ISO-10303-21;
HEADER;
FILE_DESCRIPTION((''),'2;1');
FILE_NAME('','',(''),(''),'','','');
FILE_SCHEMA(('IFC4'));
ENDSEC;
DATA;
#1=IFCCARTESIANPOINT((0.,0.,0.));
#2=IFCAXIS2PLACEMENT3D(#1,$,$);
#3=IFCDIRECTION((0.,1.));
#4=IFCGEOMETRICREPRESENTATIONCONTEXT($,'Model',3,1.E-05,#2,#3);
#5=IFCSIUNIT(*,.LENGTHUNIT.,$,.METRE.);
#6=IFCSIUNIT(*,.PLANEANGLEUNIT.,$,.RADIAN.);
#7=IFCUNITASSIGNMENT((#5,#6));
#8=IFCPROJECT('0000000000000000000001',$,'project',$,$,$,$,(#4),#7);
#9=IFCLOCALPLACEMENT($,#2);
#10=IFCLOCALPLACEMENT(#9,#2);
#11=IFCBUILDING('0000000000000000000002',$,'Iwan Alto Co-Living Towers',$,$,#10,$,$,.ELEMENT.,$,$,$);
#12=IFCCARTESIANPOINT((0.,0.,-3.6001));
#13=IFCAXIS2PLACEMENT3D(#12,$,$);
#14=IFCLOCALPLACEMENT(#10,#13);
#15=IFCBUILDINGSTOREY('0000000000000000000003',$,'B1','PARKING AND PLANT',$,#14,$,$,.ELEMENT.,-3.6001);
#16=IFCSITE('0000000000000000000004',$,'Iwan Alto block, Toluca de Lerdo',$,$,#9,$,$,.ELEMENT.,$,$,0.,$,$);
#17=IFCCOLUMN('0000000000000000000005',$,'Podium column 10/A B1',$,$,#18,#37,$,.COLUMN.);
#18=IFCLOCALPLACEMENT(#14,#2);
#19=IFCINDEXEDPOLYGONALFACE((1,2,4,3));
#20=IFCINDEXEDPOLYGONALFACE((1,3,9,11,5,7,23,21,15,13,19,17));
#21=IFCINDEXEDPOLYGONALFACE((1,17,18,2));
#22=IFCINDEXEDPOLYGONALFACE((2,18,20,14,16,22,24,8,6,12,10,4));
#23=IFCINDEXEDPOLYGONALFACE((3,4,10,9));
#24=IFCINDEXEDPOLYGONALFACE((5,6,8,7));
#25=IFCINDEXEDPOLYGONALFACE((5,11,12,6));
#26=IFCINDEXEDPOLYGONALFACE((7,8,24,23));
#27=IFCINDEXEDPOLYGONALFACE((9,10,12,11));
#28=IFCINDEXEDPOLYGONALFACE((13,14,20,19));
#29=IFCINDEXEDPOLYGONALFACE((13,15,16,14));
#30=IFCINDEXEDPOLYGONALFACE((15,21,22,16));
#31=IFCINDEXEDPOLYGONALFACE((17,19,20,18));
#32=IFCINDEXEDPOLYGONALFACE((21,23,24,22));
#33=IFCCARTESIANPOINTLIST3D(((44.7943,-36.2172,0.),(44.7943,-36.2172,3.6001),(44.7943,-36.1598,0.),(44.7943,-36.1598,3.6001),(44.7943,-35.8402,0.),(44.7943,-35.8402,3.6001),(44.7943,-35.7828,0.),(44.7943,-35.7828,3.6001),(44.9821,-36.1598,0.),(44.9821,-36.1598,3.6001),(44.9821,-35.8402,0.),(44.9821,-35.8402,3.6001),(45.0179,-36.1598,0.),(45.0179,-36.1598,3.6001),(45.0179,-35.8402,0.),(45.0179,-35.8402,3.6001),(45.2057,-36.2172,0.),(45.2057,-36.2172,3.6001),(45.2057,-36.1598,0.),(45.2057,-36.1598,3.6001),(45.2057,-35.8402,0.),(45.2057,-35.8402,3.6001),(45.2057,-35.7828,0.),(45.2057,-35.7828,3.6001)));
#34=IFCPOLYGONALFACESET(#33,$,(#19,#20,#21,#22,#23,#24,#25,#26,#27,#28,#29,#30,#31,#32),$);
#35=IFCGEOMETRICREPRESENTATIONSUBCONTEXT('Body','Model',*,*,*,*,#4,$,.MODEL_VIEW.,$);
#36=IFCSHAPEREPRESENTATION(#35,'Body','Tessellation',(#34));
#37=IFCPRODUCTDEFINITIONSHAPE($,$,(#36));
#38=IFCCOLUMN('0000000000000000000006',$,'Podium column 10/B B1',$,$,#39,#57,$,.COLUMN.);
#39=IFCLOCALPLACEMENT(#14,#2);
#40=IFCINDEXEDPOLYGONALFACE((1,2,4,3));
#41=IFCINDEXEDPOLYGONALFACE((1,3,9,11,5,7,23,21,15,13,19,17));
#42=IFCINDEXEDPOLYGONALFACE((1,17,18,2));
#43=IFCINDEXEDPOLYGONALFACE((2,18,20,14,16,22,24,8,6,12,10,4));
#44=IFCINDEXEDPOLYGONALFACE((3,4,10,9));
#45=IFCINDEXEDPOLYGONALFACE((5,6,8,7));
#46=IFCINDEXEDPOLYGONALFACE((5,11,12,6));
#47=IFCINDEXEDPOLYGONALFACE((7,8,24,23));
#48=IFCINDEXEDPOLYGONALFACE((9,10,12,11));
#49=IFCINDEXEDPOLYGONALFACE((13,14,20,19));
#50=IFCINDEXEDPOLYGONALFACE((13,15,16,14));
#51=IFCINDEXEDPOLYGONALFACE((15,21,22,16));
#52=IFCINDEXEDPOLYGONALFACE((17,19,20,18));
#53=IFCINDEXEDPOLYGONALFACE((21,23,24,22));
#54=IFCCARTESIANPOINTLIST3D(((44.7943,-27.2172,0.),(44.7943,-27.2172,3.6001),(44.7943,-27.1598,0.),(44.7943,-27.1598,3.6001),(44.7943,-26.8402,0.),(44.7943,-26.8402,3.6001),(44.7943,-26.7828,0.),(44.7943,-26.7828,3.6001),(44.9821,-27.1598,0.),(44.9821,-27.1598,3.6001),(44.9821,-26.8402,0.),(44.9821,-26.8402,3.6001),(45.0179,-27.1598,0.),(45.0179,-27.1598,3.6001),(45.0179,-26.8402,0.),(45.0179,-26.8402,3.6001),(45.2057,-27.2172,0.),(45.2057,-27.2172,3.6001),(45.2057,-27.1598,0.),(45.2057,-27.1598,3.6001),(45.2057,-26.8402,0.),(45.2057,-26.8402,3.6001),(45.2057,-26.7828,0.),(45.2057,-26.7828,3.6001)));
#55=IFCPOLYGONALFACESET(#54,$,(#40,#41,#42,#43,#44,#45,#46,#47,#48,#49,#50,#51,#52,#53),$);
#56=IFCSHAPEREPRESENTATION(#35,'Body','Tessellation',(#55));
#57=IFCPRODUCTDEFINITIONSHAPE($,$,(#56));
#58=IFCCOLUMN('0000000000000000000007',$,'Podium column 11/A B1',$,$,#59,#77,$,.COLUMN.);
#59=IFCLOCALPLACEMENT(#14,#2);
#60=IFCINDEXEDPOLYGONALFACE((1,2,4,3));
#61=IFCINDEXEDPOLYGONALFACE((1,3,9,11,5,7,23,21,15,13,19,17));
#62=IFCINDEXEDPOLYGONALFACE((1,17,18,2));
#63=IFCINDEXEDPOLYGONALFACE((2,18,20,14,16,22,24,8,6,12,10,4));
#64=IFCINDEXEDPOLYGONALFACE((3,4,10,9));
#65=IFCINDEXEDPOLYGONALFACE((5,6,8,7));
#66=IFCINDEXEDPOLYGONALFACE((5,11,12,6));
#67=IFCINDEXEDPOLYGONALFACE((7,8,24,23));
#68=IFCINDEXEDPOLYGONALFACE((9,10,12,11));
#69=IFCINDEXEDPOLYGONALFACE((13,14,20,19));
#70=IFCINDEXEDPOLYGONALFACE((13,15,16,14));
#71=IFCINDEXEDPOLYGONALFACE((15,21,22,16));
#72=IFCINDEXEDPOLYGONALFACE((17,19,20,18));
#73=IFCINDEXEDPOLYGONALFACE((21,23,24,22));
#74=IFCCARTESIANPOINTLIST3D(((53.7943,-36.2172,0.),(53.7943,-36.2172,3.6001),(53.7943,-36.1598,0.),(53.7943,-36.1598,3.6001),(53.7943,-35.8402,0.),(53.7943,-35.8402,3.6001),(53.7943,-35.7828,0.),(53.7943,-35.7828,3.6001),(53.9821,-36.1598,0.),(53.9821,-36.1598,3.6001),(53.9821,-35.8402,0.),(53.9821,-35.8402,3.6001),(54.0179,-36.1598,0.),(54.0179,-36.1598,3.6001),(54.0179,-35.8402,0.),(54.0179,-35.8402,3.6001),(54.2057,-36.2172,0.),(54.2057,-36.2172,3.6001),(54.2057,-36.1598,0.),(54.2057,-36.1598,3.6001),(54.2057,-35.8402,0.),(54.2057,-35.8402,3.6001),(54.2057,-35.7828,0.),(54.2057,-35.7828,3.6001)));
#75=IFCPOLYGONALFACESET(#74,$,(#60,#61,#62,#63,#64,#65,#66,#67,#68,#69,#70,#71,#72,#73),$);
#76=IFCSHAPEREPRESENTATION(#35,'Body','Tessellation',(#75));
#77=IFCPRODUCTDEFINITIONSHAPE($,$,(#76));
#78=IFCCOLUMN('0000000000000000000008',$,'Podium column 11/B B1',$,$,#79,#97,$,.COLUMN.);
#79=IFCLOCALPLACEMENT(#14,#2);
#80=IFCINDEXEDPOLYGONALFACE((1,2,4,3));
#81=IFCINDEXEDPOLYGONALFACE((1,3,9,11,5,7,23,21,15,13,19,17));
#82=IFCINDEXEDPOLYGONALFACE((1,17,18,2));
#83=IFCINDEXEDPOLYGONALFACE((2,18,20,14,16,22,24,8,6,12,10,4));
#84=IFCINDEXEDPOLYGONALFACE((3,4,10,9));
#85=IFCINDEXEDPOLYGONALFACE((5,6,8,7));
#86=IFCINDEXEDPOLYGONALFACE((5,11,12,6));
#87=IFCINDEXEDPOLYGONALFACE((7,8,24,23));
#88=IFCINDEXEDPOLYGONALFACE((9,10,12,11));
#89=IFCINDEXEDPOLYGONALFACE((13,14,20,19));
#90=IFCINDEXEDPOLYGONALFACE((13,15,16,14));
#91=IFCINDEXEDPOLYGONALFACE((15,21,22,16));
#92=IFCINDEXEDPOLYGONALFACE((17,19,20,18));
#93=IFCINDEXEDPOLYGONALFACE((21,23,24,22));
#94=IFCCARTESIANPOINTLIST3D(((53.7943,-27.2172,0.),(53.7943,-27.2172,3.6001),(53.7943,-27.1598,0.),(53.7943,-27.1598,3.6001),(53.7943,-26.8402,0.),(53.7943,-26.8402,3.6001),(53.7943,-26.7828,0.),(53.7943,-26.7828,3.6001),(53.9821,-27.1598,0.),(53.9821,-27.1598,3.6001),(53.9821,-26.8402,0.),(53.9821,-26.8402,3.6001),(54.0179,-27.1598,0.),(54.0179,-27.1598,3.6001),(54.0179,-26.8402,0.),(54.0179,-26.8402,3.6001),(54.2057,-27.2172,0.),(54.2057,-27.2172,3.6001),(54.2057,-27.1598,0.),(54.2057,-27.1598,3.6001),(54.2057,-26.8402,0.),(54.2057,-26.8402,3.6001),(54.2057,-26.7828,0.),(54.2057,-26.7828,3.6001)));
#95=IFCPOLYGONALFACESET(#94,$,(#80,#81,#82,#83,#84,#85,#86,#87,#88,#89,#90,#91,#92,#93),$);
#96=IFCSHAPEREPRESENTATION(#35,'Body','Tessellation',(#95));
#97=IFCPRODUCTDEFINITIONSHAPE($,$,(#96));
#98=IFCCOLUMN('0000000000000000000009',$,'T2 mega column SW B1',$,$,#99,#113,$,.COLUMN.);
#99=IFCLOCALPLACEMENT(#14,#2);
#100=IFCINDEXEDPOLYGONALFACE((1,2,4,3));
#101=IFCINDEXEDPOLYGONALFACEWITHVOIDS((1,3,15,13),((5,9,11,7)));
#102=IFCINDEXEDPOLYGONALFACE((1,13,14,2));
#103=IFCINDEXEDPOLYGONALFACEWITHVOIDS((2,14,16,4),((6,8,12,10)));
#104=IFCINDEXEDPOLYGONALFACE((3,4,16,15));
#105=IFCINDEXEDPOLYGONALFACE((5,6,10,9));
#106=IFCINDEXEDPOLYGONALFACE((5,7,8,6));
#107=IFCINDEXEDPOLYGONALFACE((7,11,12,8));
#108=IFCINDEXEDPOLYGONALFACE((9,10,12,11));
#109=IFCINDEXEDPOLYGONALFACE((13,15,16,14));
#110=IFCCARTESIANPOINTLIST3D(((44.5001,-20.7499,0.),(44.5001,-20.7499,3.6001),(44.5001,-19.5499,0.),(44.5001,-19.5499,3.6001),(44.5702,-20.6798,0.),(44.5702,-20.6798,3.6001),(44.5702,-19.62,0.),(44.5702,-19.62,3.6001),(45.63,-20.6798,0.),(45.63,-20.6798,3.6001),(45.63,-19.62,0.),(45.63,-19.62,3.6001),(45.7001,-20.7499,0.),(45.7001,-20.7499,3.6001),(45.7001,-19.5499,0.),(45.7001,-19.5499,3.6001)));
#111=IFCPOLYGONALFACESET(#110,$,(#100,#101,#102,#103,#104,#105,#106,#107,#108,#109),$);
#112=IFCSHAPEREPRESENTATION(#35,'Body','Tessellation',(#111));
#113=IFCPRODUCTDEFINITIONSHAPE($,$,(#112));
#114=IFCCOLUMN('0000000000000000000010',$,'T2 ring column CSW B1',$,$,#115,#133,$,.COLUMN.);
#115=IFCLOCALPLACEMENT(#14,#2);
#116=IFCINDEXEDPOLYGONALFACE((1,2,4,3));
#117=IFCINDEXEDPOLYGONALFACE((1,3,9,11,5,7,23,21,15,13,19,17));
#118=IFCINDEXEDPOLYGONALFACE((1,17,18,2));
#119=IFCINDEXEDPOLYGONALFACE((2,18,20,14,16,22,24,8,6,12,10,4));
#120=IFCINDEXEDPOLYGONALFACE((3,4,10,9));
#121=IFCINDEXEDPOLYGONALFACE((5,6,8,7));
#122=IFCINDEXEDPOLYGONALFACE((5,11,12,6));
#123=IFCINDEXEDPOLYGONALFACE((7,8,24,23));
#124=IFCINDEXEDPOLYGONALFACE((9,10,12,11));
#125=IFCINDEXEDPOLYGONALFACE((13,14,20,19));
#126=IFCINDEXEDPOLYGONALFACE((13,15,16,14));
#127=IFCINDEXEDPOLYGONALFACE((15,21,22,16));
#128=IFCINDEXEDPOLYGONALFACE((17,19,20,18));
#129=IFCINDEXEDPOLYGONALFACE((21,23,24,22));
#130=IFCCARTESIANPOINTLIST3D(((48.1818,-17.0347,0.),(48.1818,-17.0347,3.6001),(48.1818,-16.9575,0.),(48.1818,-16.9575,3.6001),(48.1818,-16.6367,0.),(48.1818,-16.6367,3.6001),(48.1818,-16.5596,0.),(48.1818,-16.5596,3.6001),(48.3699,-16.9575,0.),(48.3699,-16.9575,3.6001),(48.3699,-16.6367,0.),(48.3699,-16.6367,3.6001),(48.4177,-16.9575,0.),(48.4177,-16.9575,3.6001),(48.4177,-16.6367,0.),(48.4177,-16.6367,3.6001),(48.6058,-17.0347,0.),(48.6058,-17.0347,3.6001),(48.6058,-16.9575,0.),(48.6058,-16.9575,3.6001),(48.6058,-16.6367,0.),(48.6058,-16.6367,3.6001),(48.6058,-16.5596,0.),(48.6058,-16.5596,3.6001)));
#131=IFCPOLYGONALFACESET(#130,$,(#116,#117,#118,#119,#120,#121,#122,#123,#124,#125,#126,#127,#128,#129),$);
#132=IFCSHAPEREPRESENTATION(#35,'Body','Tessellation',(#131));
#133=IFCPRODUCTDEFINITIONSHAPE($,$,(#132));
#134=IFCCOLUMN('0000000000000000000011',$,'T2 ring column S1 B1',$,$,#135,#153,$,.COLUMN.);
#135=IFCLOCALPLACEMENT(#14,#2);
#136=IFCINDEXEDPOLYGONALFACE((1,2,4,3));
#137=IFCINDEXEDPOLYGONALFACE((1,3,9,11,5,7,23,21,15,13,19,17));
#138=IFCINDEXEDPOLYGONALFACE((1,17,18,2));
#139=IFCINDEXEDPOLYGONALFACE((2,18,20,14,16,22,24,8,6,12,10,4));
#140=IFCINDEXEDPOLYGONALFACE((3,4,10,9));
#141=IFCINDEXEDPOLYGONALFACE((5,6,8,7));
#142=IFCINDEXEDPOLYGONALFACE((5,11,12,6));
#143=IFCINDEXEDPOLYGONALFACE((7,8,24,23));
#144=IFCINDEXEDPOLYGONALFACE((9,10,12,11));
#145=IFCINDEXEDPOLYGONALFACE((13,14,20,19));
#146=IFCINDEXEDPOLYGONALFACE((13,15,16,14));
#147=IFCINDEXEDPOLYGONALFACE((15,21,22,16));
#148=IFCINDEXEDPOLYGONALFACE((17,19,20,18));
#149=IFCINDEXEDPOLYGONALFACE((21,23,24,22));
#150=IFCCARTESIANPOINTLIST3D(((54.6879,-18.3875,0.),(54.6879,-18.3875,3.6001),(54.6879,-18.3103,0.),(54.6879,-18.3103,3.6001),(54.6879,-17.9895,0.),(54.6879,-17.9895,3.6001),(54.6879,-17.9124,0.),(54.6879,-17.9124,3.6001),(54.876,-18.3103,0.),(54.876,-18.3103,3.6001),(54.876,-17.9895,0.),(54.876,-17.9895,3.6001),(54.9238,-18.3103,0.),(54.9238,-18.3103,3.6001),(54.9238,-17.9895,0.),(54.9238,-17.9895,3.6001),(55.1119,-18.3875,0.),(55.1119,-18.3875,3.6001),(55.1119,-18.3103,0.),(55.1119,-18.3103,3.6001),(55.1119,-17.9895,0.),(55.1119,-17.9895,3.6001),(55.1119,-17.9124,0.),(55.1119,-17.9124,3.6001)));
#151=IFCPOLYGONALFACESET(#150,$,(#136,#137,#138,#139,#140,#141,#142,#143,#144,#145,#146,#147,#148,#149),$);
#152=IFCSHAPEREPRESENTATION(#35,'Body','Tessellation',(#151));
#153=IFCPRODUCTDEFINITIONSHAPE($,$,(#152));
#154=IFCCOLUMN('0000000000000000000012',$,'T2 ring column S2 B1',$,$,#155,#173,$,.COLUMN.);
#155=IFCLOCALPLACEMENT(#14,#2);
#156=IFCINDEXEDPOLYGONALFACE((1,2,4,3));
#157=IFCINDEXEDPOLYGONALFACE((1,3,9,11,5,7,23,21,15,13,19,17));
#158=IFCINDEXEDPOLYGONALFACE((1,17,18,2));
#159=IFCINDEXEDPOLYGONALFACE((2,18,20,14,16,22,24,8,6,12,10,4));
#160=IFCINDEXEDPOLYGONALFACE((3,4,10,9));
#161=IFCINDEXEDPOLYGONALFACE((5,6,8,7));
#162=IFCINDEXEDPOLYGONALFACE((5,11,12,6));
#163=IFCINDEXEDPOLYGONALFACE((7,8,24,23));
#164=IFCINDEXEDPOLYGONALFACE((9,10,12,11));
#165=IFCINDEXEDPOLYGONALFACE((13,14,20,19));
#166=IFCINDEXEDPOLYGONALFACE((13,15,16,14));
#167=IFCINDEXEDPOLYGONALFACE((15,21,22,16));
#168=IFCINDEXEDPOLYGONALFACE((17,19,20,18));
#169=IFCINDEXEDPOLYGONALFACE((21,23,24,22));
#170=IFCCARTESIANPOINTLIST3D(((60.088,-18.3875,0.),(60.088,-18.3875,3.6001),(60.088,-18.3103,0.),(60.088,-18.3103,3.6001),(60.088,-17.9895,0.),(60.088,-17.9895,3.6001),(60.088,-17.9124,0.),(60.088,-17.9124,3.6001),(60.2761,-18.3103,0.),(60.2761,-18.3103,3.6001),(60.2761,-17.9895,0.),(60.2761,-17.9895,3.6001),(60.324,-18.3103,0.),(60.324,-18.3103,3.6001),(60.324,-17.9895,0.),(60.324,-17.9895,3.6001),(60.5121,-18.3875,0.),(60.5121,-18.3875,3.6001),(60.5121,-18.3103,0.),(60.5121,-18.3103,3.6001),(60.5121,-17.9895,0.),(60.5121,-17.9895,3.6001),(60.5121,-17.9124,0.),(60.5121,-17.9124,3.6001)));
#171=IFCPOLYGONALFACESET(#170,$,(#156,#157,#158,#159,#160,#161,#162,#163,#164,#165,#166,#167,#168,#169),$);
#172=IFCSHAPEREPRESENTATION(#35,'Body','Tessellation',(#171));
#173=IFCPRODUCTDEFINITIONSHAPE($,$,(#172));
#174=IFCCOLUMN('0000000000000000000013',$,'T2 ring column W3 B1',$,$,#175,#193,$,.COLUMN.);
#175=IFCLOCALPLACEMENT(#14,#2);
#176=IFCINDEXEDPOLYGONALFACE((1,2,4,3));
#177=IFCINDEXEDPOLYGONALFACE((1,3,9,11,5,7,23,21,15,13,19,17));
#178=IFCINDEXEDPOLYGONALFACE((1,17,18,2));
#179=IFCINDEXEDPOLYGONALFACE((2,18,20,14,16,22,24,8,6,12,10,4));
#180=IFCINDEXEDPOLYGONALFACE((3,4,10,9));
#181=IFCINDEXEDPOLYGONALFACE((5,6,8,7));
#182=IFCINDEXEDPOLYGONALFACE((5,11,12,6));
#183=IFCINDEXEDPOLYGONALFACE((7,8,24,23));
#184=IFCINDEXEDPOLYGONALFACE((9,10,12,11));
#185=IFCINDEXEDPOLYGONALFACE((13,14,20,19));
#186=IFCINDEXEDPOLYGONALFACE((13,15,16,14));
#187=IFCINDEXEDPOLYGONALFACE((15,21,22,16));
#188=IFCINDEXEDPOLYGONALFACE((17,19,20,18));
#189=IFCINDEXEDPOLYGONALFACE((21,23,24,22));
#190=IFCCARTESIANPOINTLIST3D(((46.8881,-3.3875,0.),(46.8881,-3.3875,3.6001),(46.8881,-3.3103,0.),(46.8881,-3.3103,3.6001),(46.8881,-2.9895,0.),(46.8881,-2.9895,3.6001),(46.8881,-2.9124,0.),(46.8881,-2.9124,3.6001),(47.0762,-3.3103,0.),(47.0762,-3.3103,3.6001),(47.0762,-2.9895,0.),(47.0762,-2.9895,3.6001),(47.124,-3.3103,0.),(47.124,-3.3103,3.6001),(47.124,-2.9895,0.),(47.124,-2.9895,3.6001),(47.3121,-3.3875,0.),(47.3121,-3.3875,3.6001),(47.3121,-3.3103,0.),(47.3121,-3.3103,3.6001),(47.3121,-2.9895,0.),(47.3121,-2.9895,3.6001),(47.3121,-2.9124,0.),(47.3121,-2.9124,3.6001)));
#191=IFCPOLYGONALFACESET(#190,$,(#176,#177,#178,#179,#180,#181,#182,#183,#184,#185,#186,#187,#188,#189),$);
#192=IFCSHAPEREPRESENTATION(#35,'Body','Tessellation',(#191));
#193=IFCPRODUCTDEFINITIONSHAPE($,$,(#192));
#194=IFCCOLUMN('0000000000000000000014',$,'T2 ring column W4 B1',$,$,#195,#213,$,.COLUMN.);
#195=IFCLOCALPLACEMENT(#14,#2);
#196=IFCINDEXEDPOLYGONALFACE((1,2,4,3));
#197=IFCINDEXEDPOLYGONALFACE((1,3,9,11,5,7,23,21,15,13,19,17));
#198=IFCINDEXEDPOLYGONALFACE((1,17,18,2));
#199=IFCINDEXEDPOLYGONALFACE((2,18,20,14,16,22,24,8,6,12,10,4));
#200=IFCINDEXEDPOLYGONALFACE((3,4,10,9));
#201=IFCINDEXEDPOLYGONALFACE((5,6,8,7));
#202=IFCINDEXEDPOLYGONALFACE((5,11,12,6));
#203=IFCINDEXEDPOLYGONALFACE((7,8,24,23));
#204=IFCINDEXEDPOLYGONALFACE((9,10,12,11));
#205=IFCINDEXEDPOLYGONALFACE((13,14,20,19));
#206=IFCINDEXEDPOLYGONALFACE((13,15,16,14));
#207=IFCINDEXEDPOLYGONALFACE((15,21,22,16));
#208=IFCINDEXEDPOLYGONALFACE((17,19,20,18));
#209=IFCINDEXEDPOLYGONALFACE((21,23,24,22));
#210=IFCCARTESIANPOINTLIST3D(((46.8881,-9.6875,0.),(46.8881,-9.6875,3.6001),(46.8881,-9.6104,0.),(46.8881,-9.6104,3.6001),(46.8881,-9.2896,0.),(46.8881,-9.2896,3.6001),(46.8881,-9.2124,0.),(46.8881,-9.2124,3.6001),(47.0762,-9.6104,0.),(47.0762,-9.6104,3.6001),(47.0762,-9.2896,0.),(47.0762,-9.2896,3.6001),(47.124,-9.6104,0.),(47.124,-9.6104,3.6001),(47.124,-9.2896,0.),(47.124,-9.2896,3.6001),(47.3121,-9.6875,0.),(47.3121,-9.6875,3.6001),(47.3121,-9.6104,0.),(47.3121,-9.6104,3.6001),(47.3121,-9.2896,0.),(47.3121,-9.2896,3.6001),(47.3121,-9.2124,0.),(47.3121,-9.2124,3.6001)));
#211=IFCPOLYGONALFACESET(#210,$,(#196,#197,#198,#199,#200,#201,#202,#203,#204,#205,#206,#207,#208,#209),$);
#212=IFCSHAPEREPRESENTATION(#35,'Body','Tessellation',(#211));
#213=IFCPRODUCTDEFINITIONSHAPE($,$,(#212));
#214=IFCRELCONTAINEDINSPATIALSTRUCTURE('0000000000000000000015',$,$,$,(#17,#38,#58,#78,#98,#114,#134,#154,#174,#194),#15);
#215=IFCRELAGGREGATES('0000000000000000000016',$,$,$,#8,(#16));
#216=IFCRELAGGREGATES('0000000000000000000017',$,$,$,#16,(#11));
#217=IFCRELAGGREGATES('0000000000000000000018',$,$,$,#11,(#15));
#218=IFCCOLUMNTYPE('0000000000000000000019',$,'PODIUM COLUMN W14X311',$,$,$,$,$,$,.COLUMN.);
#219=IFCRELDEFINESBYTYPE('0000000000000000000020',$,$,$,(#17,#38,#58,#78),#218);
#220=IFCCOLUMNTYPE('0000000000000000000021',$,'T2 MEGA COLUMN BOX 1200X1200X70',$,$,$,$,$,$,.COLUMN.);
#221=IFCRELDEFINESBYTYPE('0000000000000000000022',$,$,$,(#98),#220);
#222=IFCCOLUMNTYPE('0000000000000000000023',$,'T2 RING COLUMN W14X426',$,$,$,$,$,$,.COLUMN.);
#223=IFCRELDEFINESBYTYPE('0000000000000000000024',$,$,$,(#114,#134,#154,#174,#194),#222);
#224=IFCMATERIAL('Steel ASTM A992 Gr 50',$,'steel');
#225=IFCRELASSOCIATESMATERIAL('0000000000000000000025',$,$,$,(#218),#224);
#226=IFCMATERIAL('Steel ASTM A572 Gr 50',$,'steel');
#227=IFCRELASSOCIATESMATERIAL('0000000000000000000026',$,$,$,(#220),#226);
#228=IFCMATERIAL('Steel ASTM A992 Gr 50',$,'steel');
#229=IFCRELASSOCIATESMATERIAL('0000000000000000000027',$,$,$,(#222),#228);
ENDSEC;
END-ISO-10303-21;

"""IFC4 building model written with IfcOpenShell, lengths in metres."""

from ifc_helpers import new_model, si_unit, direction, frame, origin, origin_2d, place, context, subcontext, project, spatial, hollow_rectangle, i_section, extrude, material, material_profile, profile_set, type_object, element, save


model = new_model("IFC4")

# Units and contexts
model_context = context("Model", 3, precision=1e-05, world=origin(), true_north=direction((0.0, 1.0)))
body_context = subcontext(model_context, "Body", "Model", "MODEL_VIEW")
ifc_project = project(units=[si_unit("LENGTHUNIT", "METRE"), si_unit("PLANEANGLEUNIT", "RADIAN")], contexts=[model_context])

# Site, building, storey
site_placement = place(None, origin())
site = spatial("IfcSite", under=ifc_project, at=site_placement, Name="Iwan Alto block, Toluca de Lerdo", CompositionType="ELEMENT", RefElevation=0.0)
building_placement = place(site_placement, origin())
building = spatial("IfcBuilding", under=site, at=building_placement, Name="Iwan Alto Co-Living Towers", CompositionType="ELEMENT")
storey_placement = place(building_placement, frame((0.0, 0.0, -3.6001)))
storey = spatial("IfcBuildingStorey", under=building, at=storey_placement, Name="B1", Description="PARKING AND PLANT", CompositionType="ELEMENT", Elevation=-3.6001)

# Columns
ifc_material_1 = material(Name="Steel ASTM A992 Gr 50", Category="steel")
ifc_material_profile_1 = material_profile(ifc_material_1, i_section(OverallWidth=0.4114, OverallDepth=0.4343, WebThickness=0.0359, FlangeThickness=0.0574, at=origin_2d()), Name="W14X311")
ifc_profile_set_1 = profile_set([ifc_material_profile_1], Name="Steel ASTM A992 Gr 50")
column_type_1 = type_object("IfcColumnType", Name="PODIUM COLUMN W14X311", PredefinedType="COLUMN", material=ifc_profile_set_1)
for number, where, z_axis, x_axis, name in (
    (1, (45.0, -36.0, 0.0), (0.0, 0.0, 1.0), (1.0, 0.0, 0.0), "Podium column 10/A B1"),
    (2, (45.0, -27.0, 0.0), (0.0, 0.0, 1.0), (1.0, 0.0, 0.0), "Podium column 10/B B1"),
    (3, (54.0, -36.0, 0.0), (0.0, 0.0, 1.0), (1.0, 0.0, 0.0), "Podium column 11/A B1"),
    (4, (54.0, -27.0, 0.0), (0.0, 0.0, 1.0), (1.0, 0.0, 0.0), "Podium column 11/B B1"),
):
    element("IfcColumn", number, at=place(storey_placement, frame(where, z_axis=z_axis, x_axis=x_axis)), inside=storey, type_object=column_type_1, Name=name, PredefinedType="COLUMN", context=body_context, shape_type="SweptSolid", body=[
        extrude(i_section(OverallWidth=0.4114, OverallDepth=0.4343, WebThickness=0.0359, FlangeThickness=0.0574, at=origin_2d()), origin(), (0.0, 0.0, 1.0), 3.6001),
    ])
ifc_material_2 = material(Name="Steel ASTM A572 Gr 50", Category="steel")
ifc_material_profile_2 = material_profile(ifc_material_2, hollow_rectangle(XDim=1.2, YDim=1.2, WallThickness=0.0701, at=origin_2d()), Name="BOX 1200X1200X70")
ifc_profile_set_2 = profile_set([ifc_material_profile_2], Name="Steel ASTM A572 Gr 50")
column_type_2 = type_object("IfcColumnType", Name="T2 MEGA COLUMN BOX 1200X1200X70", PredefinedType="COLUMN", material=ifc_profile_set_2)
column_placement = place(storey_placement, frame((45.1001, -20.1499, 0.0), z_axis=(0.0, 0.0, 1.0), x_axis=(1.0, 0.0, 0.0)))
element("IfcColumn", 5, at=column_placement, inside=storey, type_object=column_type_2, Name="T2 mega column SW B1", PredefinedType="COLUMN", context=body_context, shape_type="SweptSolid", body=[
    extrude(hollow_rectangle(XDim=1.2, YDim=1.2, WallThickness=0.0701, at=origin_2d()), origin(), (0.0, 0.0, 1.0), 3.6001),
])
ifc_material_3 = material(Name="Steel ASTM A992 Gr 50", Category="steel")
ifc_material_profile_3 = material_profile(ifc_material_3, i_section(OverallWidth=0.4241, OverallDepth=0.4751, WebThickness=0.0479, FlangeThickness=0.0771, at=origin_2d()), Name="W14X426")
ifc_profile_set_3 = profile_set([ifc_material_profile_3], Name="Steel ASTM A992 Gr 50")
column_type_3 = type_object("IfcColumnType", Name="T2 RING COLUMN W14X426", PredefinedType="COLUMN", material=ifc_profile_set_3)
for number, where, z_axis, x_axis, name in (
    (6, (48.3938, -16.7971, 0.0), (0.0, 0.0, 1.0), (1.0, 0.0, 0.0), "T2 ring column CSW B1"),
    (7, (54.8999, -18.1499, 0.0), (0.0, 0.0, 1.0), (1.0, 0.0, 0.0), "T2 ring column S1 B1"),
    (8, (60.3, -18.1499, 0.0), (0.0, 0.0, 1.0), (1.0, 0.0, 0.0), "T2 ring column S2 B1"),
    (9, (47.1001, -3.1499, 0.0), (0.0, 0.0, 1.0), (1.0, 0.0, 0.0), "T2 ring column W3 B1"),
    (10, (47.1001, -9.45, 0.0), (0.0, 0.0, 1.0), (1.0, 0.0, 0.0), "T2 ring column W4 B1"),
):
    element("IfcColumn", number, at=place(storey_placement, frame(where, z_axis=z_axis, x_axis=x_axis)), inside=storey, type_object=column_type_3, Name=name, PredefinedType="COLUMN", context=body_context, shape_type="SweptSolid", body=[
        extrude(i_section(OverallWidth=0.4241, OverallDepth=0.4751, WebThickness=0.0479, FlangeThickness=0.0771, at=origin_2d()), origin(), (0.0, 0.0, 1.0), 3.6001),
    ])

save(model, "model.ifc")
